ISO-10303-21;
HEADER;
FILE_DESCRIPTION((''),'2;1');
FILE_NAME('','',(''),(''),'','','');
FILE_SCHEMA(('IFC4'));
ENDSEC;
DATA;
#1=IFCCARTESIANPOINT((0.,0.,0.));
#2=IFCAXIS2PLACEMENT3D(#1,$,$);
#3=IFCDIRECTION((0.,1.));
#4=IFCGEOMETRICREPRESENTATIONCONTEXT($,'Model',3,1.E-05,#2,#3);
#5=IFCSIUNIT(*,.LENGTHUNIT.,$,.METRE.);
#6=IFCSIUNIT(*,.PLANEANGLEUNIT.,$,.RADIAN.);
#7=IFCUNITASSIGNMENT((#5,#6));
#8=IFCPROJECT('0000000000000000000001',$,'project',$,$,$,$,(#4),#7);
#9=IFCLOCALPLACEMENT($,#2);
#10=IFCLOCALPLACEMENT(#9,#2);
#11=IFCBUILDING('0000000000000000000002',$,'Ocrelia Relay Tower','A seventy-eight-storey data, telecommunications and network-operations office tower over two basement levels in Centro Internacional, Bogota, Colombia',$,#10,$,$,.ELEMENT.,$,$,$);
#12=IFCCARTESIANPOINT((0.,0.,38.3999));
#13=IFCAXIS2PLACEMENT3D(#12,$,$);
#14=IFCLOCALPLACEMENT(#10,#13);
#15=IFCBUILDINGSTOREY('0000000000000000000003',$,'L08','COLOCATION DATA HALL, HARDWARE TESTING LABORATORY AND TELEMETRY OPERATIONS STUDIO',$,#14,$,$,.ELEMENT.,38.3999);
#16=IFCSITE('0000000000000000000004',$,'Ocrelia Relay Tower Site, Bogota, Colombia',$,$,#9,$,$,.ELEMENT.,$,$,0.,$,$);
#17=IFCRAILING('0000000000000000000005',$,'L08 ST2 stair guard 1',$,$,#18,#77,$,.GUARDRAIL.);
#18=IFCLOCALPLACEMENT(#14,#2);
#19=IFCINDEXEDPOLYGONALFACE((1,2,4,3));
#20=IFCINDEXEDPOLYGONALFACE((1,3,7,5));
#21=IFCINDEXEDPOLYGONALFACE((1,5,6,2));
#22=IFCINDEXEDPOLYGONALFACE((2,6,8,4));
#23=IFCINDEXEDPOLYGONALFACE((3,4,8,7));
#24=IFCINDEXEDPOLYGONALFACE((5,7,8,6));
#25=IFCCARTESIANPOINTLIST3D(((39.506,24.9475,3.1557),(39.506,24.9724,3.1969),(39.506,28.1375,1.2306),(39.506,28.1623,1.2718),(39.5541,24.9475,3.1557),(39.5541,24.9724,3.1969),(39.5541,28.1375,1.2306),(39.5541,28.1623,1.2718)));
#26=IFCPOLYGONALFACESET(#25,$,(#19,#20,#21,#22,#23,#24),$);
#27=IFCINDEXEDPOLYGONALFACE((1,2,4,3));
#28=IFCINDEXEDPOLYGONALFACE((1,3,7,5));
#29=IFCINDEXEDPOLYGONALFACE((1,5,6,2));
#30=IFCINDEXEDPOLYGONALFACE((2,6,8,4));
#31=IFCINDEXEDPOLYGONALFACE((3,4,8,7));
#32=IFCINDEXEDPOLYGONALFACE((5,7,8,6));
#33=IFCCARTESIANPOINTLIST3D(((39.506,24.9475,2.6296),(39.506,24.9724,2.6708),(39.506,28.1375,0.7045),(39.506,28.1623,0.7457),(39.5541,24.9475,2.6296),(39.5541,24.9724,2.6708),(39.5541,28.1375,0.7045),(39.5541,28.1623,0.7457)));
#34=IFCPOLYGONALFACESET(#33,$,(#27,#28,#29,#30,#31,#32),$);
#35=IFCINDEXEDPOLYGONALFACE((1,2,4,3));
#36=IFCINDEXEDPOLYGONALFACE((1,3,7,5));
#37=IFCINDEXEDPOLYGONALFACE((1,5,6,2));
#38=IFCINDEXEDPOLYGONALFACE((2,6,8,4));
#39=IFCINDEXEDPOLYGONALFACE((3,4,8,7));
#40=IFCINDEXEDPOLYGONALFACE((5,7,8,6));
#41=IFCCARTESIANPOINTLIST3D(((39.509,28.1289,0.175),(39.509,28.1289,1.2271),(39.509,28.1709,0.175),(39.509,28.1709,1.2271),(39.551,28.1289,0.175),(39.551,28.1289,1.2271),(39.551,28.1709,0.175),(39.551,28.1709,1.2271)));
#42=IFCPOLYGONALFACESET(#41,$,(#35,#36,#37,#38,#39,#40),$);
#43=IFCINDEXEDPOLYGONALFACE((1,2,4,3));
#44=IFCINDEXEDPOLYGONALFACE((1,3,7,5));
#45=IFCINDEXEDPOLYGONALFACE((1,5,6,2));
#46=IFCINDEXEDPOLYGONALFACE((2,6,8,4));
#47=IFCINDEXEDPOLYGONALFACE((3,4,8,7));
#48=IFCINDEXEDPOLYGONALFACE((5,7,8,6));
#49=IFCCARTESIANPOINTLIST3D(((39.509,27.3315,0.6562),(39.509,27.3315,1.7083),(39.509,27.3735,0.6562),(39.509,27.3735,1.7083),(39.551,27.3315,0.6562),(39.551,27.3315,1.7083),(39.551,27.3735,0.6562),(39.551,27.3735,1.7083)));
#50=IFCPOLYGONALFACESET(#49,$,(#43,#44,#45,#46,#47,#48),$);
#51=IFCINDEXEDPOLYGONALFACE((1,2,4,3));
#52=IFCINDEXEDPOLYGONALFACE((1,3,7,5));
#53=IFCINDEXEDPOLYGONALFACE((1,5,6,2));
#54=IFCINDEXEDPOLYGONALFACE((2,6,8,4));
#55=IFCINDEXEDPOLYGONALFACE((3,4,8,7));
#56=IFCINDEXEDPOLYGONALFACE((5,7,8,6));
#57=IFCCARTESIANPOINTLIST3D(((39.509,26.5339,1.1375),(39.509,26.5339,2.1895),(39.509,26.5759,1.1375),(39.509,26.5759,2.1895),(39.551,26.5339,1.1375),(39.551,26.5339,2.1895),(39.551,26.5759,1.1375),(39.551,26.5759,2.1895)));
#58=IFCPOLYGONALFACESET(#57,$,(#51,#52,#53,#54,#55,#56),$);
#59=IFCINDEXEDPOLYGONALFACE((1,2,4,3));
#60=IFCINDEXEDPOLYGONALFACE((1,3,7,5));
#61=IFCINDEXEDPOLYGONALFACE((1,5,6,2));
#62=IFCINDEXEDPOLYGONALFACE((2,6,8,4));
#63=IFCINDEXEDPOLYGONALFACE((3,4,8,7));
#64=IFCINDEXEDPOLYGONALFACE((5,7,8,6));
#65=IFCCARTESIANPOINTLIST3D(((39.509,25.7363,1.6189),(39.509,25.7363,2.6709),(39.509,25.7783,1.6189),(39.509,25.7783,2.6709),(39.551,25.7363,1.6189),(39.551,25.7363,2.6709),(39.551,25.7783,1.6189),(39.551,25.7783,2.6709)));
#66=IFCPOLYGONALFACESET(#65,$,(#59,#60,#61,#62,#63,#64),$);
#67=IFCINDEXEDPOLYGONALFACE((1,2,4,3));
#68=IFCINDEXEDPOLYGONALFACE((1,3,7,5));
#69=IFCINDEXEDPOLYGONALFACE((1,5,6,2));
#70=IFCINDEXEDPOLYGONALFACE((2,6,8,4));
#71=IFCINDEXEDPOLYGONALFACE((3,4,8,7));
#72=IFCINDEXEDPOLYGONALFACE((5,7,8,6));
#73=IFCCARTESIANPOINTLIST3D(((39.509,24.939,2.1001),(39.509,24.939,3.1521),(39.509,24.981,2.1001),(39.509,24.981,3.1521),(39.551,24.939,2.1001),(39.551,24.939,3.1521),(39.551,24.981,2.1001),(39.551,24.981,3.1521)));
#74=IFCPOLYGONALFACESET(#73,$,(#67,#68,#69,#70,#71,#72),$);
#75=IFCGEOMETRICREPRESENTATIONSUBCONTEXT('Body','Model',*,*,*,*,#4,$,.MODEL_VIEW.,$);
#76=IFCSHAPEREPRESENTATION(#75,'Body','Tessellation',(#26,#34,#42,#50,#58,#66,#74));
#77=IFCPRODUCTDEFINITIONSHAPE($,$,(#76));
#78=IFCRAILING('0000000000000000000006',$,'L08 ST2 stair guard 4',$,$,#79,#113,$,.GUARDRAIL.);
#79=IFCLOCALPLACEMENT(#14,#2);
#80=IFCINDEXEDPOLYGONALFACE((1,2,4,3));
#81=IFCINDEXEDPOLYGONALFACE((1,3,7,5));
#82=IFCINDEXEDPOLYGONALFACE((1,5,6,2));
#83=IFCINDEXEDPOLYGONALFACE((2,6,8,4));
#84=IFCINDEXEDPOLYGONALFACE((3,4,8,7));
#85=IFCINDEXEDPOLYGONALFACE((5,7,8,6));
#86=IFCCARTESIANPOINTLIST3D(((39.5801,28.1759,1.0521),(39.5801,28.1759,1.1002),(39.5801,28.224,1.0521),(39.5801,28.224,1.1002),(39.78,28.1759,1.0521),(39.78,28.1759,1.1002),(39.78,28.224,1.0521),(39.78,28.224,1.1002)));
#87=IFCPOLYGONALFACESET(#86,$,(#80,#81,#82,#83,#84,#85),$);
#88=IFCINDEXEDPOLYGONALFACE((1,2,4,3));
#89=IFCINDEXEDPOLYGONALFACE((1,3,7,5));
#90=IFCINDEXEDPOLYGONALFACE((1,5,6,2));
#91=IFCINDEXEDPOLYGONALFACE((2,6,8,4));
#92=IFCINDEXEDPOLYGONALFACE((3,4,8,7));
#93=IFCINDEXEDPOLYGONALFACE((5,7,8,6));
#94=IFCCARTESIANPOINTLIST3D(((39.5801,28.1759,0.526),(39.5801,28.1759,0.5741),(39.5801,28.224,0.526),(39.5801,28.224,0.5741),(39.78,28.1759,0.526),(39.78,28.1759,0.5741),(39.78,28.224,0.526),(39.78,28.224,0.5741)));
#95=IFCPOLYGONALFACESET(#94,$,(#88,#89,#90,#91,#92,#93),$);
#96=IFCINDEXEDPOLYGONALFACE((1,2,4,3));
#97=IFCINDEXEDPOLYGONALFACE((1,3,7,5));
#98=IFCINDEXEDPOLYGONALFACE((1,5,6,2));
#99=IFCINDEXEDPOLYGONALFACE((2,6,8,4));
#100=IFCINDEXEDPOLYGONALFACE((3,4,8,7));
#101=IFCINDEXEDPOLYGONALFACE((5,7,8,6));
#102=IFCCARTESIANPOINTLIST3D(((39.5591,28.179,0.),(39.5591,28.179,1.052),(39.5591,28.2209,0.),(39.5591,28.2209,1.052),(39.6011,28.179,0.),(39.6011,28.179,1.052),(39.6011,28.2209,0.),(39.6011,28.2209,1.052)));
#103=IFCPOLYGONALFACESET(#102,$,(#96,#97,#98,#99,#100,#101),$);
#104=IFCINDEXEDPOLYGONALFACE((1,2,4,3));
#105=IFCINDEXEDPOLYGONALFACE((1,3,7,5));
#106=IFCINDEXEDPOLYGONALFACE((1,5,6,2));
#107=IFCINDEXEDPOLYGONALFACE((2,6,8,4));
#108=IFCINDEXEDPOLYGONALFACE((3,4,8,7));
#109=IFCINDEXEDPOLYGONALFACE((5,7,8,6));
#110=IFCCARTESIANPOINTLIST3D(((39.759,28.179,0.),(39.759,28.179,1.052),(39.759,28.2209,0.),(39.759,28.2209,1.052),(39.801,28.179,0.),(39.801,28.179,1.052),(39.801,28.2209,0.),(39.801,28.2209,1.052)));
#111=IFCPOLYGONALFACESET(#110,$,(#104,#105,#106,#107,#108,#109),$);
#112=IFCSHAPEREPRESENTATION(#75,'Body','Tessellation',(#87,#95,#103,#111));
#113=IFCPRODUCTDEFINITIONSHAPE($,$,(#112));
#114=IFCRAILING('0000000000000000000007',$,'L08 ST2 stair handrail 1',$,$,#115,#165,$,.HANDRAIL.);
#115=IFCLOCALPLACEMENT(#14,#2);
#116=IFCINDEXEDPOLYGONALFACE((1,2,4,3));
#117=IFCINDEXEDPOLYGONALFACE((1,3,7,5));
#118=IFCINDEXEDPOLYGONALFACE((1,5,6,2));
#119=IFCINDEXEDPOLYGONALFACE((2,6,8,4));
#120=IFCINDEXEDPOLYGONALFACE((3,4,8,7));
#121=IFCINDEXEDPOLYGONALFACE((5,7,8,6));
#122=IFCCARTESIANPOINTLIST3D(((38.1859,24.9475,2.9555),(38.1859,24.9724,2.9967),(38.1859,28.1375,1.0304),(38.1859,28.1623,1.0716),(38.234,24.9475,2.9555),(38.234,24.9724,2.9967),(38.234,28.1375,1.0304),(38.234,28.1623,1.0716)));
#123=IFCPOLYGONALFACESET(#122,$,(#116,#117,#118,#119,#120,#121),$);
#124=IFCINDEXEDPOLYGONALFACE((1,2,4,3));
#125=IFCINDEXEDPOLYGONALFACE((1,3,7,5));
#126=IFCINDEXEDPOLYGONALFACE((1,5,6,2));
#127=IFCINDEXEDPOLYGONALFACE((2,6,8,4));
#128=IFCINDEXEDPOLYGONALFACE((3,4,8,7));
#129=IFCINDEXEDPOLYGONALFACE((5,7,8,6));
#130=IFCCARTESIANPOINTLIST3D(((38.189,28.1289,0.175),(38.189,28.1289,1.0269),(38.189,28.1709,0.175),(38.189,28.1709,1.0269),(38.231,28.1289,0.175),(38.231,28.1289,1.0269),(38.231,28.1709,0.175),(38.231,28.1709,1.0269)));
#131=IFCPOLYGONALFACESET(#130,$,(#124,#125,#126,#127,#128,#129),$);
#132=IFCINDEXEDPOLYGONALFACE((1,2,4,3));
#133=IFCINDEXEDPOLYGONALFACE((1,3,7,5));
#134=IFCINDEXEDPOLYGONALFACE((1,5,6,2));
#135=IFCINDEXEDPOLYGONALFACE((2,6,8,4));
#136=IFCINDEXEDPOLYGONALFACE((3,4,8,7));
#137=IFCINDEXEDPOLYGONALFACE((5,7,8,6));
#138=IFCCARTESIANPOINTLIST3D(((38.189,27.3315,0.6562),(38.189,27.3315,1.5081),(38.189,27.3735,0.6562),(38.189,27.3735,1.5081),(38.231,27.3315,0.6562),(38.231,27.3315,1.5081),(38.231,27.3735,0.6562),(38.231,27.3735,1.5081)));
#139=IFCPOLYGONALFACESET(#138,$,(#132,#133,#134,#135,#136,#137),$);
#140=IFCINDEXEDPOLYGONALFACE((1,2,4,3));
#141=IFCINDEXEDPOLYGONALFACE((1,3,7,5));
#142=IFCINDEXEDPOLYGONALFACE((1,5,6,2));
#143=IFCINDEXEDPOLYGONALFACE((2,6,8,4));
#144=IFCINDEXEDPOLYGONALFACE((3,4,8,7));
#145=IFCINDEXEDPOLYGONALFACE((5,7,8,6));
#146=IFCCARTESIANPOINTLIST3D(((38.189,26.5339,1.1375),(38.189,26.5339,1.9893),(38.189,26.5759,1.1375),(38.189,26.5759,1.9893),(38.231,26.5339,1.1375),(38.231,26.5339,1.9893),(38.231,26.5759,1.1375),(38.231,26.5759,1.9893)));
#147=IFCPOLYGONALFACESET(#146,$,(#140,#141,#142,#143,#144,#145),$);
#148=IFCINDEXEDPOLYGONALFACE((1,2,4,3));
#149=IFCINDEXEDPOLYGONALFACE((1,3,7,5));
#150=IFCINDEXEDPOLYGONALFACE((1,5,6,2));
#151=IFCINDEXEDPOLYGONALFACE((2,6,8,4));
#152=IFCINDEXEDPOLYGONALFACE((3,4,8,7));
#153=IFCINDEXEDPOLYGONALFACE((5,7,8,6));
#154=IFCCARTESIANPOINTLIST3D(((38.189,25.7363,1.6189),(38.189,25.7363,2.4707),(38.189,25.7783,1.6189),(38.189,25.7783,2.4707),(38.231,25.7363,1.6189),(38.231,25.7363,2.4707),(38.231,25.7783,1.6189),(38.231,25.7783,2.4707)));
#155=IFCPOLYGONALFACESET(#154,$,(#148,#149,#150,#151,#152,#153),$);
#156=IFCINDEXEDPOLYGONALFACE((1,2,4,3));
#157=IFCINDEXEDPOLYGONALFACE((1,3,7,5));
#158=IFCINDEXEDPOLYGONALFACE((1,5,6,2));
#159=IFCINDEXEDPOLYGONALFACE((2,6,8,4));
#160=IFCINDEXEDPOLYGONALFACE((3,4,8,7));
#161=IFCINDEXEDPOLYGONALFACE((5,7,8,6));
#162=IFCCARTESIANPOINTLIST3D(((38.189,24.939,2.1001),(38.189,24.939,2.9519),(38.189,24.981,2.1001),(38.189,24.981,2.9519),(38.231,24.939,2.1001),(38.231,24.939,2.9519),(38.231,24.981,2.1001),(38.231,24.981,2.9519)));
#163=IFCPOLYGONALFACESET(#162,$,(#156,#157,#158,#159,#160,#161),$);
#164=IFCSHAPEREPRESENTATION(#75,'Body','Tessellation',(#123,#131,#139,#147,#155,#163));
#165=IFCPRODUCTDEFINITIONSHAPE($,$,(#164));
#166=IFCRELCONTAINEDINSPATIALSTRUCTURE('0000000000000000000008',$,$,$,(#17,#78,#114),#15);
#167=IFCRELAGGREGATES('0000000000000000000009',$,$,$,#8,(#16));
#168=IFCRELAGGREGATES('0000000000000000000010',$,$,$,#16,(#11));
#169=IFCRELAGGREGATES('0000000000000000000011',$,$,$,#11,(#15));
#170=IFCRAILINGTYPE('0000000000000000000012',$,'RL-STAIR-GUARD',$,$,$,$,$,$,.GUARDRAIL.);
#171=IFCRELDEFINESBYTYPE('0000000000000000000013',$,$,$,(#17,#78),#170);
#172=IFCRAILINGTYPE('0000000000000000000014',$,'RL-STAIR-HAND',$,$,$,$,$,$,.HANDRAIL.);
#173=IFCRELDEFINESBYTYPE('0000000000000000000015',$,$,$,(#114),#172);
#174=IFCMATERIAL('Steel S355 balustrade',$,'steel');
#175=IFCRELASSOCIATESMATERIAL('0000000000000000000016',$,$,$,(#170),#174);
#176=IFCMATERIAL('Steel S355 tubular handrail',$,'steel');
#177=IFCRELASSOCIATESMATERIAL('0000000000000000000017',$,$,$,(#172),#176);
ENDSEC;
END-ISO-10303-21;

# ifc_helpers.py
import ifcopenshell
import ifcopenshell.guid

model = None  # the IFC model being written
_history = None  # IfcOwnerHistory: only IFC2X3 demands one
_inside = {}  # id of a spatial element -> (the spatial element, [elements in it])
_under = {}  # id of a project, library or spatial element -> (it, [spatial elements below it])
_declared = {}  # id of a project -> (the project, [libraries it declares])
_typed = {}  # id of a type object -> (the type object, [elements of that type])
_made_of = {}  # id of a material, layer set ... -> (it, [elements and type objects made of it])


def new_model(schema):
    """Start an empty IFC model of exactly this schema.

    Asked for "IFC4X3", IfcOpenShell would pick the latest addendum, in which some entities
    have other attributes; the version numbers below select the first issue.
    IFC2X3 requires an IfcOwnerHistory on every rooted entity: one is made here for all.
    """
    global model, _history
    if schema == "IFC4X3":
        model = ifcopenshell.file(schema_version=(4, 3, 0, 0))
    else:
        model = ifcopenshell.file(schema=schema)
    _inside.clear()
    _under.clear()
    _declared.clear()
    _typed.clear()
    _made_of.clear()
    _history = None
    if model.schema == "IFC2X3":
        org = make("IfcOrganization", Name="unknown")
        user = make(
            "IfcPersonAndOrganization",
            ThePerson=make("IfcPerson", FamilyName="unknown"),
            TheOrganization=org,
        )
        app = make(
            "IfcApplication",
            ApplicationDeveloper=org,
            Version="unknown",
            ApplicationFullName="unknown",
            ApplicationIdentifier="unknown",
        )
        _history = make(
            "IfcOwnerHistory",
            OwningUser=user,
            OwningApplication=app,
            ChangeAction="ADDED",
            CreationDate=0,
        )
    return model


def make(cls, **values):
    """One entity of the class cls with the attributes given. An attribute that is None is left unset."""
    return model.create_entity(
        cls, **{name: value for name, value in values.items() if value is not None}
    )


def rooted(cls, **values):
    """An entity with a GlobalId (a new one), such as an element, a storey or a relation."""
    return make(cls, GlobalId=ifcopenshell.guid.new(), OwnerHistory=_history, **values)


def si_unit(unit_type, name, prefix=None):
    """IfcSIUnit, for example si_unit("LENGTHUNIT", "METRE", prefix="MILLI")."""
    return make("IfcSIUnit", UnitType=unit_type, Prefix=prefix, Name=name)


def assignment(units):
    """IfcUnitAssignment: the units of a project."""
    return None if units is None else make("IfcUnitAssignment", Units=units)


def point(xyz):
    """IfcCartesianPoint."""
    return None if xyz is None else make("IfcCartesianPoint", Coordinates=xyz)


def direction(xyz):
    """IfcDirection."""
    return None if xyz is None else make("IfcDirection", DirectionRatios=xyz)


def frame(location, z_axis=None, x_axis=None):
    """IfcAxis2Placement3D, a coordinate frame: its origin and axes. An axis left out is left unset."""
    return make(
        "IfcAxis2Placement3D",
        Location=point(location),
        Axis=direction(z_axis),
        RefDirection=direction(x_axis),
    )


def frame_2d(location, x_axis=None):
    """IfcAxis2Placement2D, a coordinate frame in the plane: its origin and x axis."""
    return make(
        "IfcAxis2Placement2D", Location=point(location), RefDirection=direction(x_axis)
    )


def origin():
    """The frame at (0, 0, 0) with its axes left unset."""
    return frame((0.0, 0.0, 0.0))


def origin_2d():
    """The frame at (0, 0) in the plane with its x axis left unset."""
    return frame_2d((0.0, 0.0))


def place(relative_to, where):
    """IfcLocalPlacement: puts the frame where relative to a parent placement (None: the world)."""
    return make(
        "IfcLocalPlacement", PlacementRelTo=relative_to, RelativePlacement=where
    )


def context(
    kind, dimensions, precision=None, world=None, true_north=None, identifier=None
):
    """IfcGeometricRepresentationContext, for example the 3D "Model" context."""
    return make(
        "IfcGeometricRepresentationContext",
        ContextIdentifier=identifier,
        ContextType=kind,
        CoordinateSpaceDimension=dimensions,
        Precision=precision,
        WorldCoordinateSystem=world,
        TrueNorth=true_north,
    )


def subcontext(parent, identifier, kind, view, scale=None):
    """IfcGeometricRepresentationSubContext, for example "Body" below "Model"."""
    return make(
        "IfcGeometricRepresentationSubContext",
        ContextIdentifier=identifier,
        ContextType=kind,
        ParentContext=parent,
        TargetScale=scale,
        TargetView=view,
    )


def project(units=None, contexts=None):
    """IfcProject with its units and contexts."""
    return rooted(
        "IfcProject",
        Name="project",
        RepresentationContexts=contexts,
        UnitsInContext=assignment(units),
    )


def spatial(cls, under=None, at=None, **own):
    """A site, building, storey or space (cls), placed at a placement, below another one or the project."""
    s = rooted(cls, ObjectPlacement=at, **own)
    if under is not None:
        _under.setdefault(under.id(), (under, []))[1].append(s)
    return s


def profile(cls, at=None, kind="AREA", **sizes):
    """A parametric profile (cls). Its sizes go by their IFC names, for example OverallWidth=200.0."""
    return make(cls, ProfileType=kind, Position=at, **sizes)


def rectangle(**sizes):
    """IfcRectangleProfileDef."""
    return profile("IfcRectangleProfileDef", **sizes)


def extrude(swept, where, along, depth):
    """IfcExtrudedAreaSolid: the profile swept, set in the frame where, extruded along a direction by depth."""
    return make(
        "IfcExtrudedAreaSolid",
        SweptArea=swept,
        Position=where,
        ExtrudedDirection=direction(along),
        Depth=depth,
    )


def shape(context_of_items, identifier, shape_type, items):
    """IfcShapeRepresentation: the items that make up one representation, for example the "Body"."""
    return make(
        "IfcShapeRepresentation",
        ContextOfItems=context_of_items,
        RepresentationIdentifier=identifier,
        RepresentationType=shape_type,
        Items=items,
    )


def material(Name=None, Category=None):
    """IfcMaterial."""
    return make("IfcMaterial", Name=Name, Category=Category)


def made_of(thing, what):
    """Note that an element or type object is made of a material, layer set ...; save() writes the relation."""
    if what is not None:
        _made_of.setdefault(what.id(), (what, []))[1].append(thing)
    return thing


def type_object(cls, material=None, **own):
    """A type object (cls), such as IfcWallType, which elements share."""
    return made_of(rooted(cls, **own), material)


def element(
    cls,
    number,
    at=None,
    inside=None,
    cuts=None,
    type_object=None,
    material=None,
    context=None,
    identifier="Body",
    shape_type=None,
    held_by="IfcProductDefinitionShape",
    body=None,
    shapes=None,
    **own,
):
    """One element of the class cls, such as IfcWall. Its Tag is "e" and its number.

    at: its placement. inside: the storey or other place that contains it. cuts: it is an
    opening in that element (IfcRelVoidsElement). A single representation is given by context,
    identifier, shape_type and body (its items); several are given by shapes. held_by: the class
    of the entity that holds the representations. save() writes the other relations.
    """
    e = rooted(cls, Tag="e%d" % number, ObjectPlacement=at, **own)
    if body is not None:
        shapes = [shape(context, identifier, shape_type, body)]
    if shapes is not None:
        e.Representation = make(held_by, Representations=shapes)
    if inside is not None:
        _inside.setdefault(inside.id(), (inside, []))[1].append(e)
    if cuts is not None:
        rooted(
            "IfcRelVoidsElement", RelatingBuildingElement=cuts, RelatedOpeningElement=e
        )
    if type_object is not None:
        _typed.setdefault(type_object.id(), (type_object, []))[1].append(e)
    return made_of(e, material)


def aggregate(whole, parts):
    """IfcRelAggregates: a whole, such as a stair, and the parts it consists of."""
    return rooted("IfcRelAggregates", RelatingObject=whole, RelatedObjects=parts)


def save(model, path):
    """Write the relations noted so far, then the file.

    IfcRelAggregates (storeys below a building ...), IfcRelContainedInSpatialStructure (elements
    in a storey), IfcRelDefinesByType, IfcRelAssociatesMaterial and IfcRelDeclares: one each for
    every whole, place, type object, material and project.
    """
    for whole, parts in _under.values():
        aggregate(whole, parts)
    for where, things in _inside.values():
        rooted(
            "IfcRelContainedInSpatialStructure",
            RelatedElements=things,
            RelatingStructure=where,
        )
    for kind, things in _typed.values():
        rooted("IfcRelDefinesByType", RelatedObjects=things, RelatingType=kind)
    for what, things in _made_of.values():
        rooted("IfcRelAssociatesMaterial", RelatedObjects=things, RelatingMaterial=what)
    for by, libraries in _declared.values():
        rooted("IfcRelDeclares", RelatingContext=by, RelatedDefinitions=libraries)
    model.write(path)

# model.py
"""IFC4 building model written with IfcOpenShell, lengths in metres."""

from ifc_helpers import new_model, si_unit, direction, frame, origin, origin_2d, place, context, subcontext, project, spatial, rectangle, extrude, material, type_object, element, save


model = new_model("IFC4")

# Units and contexts
model_context = context("Model", 3, precision=1e-05, world=origin(), true_north=direction((0.0, 1.0)))
body_context = subcontext(model_context, "Body", "Model", "MODEL_VIEW")
ifc_project = project(units=[si_unit("LENGTHUNIT", "METRE"), si_unit("PLANEANGLEUNIT", "RADIAN")], contexts=[model_context])

# Site, building, storey
site_placement = place(None, origin())
site = spatial("IfcSite", under=ifc_project, at=site_placement, Name="Ocrelia Relay Tower Site, Bogota, Colombia", CompositionType="ELEMENT", RefElevation=0.0)
building_placement = place(site_placement, origin())
building = spatial("IfcBuilding", under=site, at=building_placement, Name="Ocrelia Relay Tower", Description="A seventy-eight-storey data, telecommunications and network-operations office tower over two basement levels in Centro Internacional, Bogota, Colombia", CompositionType="ELEMENT")
storey_placement = place(building_placement, frame((0.0, 0.0, 38.3999)))
storey = spatial("IfcBuildingStorey", under=building, at=storey_placement, Name="L08", Description="COLOCATION DATA HALL, HARDWARE TESTING LABORATORY AND TELEMETRY OPERATIONS STUDIO", CompositionType="ELEMENT", Elevation=38.3999)

# Railings
ifc_material_1 = material(Name="Steel S355 balustrade", Category="steel")
railing_type_1 = type_object("IfcRailingType", Name="RL-STAIR-GUARD", PredefinedType="GUARDRAIL", material=ifc_material_1)
railing_1_placement = place(storey_placement, frame((39.53, 28.1499, 0.175)))
element("IfcRailing", 1, at=railing_1_placement, inside=storey, type_object=railing_type_1, Name="L08 ST2 stair guard 1", PredefinedType="GUARDRAIL", context=body_context, shape_type="SweptSolid", body=[
    extrude(rectangle(XDim=0.0481, YDim=0.0481, at=origin_2d()), frame((0.0, 0.0, 1.0762), z_axis=(0.0, -0.856178, 0.516682), x_axis=(1.0, 0.0, 0.0)), (0.0, 0.0, 1.0), 3.7258),
    extrude(rectangle(XDim=0.0481, YDim=0.0481, at=origin_2d()), frame((0.0, 0.0, 0.55), z_axis=(0.0, -0.856178, 0.516682), x_axis=(1.0, 0.0, 0.0)), (0.0, 0.0, 1.0), 3.7258),
    extrude(rectangle(XDim=0.042, YDim=0.042, at=origin_2d()), origin(), (0.0, 0.0, 1.0), 1.052),
    extrude(rectangle(XDim=0.042, YDim=0.042, at=origin_2d()), frame((0.0, -0.7974, 0.4812)), (0.0, 0.0, 1.0), 1.052),
    extrude(rectangle(XDim=0.042, YDim=0.042, at=origin_2d()), frame((0.0, -1.595, 0.9624)), (0.0, 0.0, 1.0), 1.052),
    extrude(rectangle(XDim=0.042, YDim=0.042, at=origin_2d()), frame((0.0, -2.3926, 1.4438)), (0.0, 0.0, 1.0), 1.052),
    extrude(rectangle(XDim=0.042, YDim=0.042, at=origin_2d()), frame((0.0, -3.1899, 1.925)), (0.0, 0.0, 1.0), 1.052),
])
railing_2_placement = place(storey_placement, frame((39.5801, 28.2, 0.0)))
element("IfcRailing", 2, at=railing_2_placement, inside=storey, type_object=railing_type_1, Name="L08 ST2 stair guard 4", PredefinedType="GUARDRAIL", context=body_context, shape_type="SweptSolid", body=[
    extrude(rectangle(XDim=0.0481, YDim=0.0481, at=origin_2d()), frame((0.0, 0.0, 1.0762), z_axis=(1.0, 0.0, 0.0), x_axis=(0.0, 1.0, 0.0)), (0.0, 0.0, 1.0), 0.2),
    extrude(rectangle(XDim=0.0481, YDim=0.0481, at=origin_2d()), frame((0.0, 0.0, 0.55), z_axis=(1.0, 0.0, 0.0), x_axis=(0.0, 1.0, 0.0)), (0.0, 0.0, 1.0), 0.2),
    extrude(rectangle(XDim=0.042, YDim=0.042, at=origin_2d()), origin(), (0.0, 0.0, 1.0), 1.052),
    extrude(rectangle(XDim=0.042, YDim=0.042, at=origin_2d()), frame((0.2, 0.0, 0.0)), (0.0, 0.0, 1.0), 1.052),
])
ifc_material_2 = material(Name="Steel S355 tubular handrail", Category="steel")
railing_type_2 = type_object("IfcRailingType", Name="RL-STAIR-HAND", PredefinedType="HANDRAIL", material=ifc_material_2)
railing_3_placement = place(storey_placement, frame((38.21, 28.1499, 0.175)))
element("IfcRailing", 3, at=railing_3_placement, inside=storey, type_object=railing_type_2, Name="L08 ST2 stair handrail 1", PredefinedType="HANDRAIL", context=body_context, shape_type="SweptSolid", body=[
    extrude(rectangle(XDim=0.0481, YDim=0.0481, at=origin_2d()), frame((0.0, 0.0, 0.876), z_axis=(0.0, -0.856178, 0.516682), x_axis=(1.0, 0.0, 0.0)), (0.0, 0.0, 1.0), 3.7258),
    extrude(rectangle(XDim=0.042, YDim=0.042, at=origin_2d()), origin(), (0.0, 0.0, 1.0), 0.8518),
    extrude(rectangle(XDim=0.042, YDim=0.042, at=origin_2d()), frame((0.0, -0.7974, 0.4812)), (0.0, 0.0, 1.0), 0.8518),
    extrude(rectangle(XDim=0.042, YDim=0.042, at=origin_2d()), frame((0.0, -1.595, 0.9624)), (0.0, 0.0, 1.0), 0.8518),
    extrude(rectangle(XDim=0.042, YDim=0.042, at=origin_2d()), frame((0.0, -2.3926, 1.4438)), (0.0, 0.0, 1.0), 0.8518),
    extrude(rectangle(XDim=0.042, YDim=0.042, at=origin_2d()), frame((0.0, -3.1899, 1.925)), (0.0, 0.0, 1.0), 0.8518),
])

save(model, "model.ifc")
